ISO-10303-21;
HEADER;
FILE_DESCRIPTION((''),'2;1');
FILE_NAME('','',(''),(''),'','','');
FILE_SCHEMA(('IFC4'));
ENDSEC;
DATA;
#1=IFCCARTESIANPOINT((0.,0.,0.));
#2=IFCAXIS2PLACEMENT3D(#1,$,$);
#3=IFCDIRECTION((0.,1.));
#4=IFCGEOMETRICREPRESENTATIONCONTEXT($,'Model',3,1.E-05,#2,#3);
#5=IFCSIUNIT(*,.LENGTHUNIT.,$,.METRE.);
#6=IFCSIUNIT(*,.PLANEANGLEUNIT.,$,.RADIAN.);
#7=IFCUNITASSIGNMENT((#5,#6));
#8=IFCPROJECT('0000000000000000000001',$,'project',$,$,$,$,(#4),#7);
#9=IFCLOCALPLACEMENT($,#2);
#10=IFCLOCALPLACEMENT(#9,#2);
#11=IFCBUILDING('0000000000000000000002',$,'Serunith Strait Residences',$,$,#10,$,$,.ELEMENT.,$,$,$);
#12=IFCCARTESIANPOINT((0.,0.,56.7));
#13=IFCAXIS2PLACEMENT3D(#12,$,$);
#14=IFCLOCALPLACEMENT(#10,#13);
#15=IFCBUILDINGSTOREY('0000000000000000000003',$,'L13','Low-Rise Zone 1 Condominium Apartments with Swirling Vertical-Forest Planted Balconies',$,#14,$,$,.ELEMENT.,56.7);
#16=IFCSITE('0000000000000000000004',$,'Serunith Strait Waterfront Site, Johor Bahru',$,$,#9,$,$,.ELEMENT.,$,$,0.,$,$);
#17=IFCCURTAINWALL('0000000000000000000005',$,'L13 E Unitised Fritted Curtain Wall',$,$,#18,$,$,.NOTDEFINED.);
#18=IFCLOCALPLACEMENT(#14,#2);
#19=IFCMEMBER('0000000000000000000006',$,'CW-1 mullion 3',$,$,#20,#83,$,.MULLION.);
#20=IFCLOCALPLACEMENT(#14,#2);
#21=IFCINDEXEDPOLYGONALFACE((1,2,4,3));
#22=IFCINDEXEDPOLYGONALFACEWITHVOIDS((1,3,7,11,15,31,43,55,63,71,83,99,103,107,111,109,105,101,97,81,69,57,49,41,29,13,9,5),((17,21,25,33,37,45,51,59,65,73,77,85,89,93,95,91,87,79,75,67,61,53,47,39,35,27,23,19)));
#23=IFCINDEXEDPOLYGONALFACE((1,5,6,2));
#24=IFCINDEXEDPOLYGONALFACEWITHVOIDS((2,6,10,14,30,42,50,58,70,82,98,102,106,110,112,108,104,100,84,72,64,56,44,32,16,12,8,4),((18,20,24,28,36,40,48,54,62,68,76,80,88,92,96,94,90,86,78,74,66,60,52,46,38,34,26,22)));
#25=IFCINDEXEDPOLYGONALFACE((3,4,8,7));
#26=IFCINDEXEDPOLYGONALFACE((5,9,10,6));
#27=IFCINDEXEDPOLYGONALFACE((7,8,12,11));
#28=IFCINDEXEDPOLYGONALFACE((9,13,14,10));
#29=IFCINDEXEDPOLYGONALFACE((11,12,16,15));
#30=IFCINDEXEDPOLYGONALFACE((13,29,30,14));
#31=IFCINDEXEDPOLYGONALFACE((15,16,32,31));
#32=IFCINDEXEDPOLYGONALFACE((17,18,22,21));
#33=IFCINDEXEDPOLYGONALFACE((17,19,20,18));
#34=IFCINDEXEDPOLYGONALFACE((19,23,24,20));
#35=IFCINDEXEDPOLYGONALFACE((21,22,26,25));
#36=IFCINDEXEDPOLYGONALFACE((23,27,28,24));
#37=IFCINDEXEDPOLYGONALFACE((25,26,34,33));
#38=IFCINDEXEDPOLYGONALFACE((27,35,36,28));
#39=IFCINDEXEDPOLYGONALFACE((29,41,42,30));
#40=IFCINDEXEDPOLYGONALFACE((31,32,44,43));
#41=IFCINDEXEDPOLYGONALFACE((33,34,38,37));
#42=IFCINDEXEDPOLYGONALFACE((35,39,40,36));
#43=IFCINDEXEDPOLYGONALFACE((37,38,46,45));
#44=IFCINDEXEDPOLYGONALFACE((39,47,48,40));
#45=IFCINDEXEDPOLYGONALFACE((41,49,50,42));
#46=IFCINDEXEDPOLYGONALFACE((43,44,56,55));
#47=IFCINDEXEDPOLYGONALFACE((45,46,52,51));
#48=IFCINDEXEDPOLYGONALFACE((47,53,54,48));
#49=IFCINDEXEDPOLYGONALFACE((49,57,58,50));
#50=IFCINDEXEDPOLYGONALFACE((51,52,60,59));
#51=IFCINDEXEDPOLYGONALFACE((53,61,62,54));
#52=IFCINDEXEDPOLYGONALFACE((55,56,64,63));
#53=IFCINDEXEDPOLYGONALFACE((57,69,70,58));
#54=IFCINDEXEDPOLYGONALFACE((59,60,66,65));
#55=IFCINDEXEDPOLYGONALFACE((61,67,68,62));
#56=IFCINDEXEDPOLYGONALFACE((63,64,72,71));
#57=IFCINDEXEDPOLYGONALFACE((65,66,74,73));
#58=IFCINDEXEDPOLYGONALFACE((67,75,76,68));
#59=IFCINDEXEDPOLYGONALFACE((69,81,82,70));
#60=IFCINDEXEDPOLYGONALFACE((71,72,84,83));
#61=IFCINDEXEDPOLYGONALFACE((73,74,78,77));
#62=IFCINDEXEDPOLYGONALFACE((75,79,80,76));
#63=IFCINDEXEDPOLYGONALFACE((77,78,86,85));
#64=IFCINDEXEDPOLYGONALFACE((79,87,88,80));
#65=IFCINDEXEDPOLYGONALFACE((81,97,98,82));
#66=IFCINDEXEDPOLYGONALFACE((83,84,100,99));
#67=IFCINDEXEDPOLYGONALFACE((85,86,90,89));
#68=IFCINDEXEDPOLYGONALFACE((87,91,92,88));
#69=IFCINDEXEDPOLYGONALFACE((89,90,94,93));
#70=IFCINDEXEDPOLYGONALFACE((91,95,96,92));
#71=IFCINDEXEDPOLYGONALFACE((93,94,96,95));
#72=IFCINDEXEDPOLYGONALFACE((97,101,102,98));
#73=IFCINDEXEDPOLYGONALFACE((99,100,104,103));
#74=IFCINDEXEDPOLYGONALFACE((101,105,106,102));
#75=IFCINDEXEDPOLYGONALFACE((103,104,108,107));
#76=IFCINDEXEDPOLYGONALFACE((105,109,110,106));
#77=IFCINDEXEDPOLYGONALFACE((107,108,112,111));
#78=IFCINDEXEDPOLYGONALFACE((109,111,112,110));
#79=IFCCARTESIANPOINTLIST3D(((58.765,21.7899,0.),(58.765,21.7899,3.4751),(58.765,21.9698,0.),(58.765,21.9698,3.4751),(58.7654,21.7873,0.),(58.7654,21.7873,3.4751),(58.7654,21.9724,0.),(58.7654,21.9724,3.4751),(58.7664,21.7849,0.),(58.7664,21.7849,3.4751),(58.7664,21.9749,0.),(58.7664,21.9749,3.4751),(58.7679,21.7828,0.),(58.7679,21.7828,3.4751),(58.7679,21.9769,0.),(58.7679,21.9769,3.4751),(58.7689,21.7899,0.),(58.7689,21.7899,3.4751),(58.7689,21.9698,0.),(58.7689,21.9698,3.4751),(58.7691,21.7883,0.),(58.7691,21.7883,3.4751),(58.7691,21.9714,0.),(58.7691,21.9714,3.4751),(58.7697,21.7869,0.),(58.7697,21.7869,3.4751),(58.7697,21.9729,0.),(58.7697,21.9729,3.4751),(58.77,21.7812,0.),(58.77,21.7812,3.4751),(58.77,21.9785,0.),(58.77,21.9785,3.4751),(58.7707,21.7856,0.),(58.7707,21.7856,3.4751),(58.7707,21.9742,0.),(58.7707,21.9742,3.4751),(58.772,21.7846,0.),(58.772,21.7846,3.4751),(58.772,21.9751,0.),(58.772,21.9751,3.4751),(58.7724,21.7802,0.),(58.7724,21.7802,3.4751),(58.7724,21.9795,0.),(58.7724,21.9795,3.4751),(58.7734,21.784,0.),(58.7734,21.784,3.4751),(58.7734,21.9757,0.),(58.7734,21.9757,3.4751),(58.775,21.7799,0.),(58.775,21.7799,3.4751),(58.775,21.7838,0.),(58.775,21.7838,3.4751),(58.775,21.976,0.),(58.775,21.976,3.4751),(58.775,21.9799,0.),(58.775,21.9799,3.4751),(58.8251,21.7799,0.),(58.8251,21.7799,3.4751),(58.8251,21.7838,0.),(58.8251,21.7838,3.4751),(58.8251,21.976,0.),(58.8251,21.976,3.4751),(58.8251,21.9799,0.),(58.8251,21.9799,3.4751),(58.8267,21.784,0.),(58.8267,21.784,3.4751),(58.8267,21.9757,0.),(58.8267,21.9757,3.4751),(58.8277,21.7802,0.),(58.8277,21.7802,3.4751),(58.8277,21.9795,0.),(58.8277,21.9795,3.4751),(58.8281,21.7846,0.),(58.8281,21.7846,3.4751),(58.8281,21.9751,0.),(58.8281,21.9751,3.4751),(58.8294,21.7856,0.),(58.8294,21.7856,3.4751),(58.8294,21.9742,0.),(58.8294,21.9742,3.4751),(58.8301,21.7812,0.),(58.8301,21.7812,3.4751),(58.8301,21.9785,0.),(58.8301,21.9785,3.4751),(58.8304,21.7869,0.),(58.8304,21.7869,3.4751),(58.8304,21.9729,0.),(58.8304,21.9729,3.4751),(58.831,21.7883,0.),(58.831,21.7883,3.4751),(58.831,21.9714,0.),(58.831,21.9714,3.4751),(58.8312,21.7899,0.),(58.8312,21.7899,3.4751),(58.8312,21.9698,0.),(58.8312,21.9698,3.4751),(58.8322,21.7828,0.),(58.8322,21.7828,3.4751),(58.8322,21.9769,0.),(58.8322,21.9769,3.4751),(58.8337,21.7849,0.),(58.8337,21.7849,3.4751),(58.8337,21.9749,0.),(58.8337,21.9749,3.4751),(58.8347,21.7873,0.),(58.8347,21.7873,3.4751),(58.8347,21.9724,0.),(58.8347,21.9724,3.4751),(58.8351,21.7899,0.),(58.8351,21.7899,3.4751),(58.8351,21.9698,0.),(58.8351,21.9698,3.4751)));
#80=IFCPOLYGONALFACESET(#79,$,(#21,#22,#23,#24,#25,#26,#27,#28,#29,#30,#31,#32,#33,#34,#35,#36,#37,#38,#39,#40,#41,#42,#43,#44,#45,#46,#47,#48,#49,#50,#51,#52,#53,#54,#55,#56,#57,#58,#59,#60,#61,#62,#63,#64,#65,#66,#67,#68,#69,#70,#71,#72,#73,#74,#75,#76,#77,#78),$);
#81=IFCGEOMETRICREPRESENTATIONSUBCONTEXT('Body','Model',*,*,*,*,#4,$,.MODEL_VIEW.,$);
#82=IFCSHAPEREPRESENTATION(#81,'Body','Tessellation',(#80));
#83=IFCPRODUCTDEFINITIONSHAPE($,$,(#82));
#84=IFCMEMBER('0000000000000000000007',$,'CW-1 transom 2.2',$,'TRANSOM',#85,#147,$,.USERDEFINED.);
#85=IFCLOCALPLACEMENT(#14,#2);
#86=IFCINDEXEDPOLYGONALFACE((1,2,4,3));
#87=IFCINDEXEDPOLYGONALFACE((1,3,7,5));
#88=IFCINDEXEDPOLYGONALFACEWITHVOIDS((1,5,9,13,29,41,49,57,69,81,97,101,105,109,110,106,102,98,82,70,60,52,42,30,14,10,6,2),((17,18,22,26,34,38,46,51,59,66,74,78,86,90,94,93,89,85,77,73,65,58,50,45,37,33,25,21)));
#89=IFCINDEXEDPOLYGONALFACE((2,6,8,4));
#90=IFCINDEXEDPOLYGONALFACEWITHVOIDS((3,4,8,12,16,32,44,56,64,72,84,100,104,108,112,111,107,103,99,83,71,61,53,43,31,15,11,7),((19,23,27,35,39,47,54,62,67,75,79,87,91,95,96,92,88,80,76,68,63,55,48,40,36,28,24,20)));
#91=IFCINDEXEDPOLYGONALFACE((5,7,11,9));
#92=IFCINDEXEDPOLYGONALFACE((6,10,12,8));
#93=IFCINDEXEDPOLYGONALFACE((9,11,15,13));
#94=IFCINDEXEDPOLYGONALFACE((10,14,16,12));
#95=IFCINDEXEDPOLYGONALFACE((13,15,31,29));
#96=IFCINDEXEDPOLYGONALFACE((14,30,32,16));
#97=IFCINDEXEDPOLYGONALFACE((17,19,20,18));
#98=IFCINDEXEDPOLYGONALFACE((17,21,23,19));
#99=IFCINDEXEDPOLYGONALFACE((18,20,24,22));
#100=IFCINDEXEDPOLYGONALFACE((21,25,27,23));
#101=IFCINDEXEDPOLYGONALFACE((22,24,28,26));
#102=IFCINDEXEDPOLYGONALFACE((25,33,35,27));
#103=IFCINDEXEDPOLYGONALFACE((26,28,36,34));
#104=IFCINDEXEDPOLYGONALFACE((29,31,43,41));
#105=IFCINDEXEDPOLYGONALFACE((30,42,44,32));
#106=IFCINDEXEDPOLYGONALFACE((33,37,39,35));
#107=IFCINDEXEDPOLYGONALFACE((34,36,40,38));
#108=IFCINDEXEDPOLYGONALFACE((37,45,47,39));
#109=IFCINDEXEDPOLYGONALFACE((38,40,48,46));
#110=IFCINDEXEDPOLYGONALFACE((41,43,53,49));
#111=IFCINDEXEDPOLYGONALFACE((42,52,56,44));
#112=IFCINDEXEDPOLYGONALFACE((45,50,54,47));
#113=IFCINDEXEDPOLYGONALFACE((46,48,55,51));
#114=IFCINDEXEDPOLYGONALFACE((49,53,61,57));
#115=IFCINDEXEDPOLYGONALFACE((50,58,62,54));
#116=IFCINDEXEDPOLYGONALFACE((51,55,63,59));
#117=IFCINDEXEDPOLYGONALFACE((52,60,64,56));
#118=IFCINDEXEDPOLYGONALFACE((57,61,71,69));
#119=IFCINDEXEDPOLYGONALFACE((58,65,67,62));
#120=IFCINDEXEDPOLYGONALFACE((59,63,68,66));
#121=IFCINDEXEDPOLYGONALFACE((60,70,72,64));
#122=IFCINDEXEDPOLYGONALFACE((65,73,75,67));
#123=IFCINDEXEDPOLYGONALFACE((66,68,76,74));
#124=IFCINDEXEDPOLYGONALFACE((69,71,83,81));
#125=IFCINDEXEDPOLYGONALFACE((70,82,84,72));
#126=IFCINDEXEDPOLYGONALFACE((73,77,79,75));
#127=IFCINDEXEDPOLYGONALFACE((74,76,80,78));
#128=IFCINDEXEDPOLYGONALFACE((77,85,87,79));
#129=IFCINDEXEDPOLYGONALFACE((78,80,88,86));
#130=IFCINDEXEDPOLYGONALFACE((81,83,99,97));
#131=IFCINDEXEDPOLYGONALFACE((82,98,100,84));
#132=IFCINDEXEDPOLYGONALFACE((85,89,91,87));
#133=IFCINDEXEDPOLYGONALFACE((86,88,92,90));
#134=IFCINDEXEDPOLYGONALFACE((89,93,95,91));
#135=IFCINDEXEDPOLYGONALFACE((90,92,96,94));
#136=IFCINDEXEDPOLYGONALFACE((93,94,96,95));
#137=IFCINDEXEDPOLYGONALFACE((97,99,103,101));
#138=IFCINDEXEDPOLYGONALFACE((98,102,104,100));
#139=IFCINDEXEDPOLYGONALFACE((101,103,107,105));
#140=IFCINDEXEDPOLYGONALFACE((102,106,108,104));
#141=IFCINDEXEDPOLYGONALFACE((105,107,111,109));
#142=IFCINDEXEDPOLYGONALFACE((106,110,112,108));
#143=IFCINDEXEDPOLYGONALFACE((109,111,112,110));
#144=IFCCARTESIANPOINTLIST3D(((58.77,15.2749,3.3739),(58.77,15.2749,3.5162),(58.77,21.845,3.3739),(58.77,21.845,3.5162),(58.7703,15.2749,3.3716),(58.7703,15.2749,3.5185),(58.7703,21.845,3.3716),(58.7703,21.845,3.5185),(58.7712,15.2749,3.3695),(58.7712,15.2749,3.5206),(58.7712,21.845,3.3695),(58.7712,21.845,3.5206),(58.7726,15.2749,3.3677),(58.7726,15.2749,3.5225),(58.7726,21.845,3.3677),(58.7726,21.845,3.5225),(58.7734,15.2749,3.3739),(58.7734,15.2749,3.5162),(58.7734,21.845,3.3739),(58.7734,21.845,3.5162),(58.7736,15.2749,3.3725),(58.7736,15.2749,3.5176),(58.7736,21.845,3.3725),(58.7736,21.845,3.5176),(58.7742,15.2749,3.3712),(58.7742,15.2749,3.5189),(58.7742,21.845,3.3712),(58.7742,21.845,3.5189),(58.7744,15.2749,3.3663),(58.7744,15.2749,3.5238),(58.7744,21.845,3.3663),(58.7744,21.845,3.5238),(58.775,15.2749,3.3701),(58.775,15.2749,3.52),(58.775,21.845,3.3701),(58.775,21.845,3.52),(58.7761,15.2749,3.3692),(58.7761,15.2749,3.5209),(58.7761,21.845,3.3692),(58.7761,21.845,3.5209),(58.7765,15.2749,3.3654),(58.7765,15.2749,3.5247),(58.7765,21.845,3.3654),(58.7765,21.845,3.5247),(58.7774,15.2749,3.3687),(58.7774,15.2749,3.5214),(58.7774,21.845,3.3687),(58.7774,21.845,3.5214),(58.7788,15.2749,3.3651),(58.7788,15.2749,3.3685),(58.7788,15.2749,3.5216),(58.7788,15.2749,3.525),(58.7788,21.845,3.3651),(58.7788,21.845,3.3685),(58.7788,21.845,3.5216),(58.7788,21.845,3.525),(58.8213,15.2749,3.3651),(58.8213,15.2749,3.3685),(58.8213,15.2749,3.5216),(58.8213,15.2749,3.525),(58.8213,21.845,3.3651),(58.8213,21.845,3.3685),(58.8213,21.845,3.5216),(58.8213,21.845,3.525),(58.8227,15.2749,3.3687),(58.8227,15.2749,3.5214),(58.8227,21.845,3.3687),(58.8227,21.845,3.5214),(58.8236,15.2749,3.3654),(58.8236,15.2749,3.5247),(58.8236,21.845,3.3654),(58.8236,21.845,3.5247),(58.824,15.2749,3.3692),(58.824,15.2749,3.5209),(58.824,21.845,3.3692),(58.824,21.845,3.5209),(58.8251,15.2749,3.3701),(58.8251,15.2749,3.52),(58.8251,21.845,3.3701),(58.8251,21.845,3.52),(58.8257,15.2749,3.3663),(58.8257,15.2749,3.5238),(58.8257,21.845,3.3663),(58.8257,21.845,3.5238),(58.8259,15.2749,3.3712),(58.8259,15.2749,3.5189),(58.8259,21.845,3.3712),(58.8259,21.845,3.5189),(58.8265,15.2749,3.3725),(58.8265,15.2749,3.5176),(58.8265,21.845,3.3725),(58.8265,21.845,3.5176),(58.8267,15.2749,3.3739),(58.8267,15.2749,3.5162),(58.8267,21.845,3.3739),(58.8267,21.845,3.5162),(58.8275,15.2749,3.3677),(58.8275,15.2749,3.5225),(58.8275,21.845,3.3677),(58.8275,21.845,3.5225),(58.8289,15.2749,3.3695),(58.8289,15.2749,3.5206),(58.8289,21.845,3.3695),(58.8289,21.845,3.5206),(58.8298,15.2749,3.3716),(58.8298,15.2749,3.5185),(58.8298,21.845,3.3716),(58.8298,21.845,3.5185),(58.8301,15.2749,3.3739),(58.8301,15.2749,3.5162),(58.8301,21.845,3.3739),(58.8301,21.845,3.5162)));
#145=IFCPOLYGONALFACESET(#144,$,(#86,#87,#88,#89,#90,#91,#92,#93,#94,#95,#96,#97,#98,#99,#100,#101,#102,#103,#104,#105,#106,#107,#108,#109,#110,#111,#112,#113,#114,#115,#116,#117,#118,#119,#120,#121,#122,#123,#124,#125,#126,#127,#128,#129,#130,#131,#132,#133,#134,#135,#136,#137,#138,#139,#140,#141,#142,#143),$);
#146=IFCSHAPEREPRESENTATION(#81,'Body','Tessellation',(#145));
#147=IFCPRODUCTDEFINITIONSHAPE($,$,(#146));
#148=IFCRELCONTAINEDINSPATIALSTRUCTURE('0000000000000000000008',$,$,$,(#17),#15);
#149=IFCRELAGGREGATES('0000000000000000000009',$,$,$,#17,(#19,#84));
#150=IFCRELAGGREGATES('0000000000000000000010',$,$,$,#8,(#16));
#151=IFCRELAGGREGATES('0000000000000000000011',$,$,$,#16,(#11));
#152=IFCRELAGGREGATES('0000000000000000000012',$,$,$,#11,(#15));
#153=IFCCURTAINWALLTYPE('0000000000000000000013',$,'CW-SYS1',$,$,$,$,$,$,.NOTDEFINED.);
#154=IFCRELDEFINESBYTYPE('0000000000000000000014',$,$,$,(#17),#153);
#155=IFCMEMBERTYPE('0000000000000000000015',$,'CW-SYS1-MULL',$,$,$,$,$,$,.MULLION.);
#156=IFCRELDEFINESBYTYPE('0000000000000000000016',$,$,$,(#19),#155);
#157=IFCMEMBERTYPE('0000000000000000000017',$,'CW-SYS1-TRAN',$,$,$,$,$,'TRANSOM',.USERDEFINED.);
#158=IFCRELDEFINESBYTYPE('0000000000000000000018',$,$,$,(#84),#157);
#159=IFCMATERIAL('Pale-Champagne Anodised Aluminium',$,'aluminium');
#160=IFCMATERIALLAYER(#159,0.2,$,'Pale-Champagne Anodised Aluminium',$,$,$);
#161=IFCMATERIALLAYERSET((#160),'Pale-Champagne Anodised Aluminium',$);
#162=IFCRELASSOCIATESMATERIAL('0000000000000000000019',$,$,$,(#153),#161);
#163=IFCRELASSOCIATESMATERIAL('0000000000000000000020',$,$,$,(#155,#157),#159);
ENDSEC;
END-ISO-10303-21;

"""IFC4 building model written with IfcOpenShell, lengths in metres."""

from ifc_helpers import new_model, si_unit, direction, frame, origin, origin_2d, place, context, subcontext, project, spatial, hollow_rectangle, extrude, source, transform, mapped, material, layer, layer_set, material_profile, profile_set, type_object, element, aggregate, save


model = new_model("IFC4")

# Units and contexts
model_context = context("Model", 3, precision=1e-05, world=origin(), true_north=direction((0.0, 1.0)))
body_context = subcontext(model_context, "Body", "Model", "MODEL_VIEW")
ifc_project = project(units=[si_unit("LENGTHUNIT", "METRE"), si_unit("PLANEANGLEUNIT", "RADIAN")], contexts=[model_context])

# Site, building, storey
site_placement = place(None, origin())
site = spatial("IfcSite", under=ifc_project, at=site_placement, Name="Serunith Strait Waterfront Site, Johor Bahru", CompositionType="ELEMENT", RefElevation=0.0)
building_placement = place(site_placement, origin())
building = spatial("IfcBuilding", under=site, at=building_placement, Name="Serunith Strait Residences", CompositionType="ELEMENT")
storey_placement = place(building_placement, frame((0.0, 0.0, 56.7)))
storey = spatial("IfcBuildingStorey", under=building, at=storey_placement, Name="L13", Description="Low-Rise Zone 1 Condominium Apartments with Swirling Vertical-Forest Planted Balconies", CompositionType="ELEMENT", Elevation=56.7)

# Curtain wall, members
ifc_material_1 = material(Name="Pale-Champagne Anodised Aluminium", Category="aluminium")
ifc_layer_1 = layer(ifc_material_1, 0.2, Name="Pale-Champagne Anodised Aluminium")
ifc_layer_set_1 = layer_set([ifc_layer_1], Name="Pale-Champagne Anodised Aluminium")
curtain_wall_type = type_object("IfcCurtainWallType", Name="CW-SYS1", PredefinedType="NOTDEFINED", material=ifc_layer_set_1)
curtain_wall_placement = place(storey_placement, origin())
curtain_wall = element("IfcCurtainWall", 1, at=curtain_wall_placement, inside=storey, type_object=curtain_wall_type, Name="L13 E Unitised Fritted Curtain Wall", PredefinedType="NOTDEFINED")
ifc_material_profile_1 = material_profile(ifc_material_1, hollow_rectangle(XDim=0.0701, YDim=0.2, WallThickness=0.0039, InnerFilletRadius=0.0061, OuterFilletRadius=0.01, at=origin_2d()), Name="ALU 200x70x4")
ifc_profile_set_1 = profile_set([ifc_material_profile_1], Name="Pale-Champagne Anodised Aluminium")
member_type_1 = type_object("IfcMemberType", Name="CW-SYS1-MULL", PredefinedType="MULLION", material=ifc_profile_set_1)
shared_shape_1 = source(origin(), body_context, "Body", "SweptSolid", [
    extrude(hollow_rectangle(XDim=0.0701, YDim=0.2, WallThickness=0.0039, InnerFilletRadius=0.0061, OuterFilletRadius=0.01, at=origin_2d()), origin(), (0.0, 0.0, 1.0), 3.4751),
])
member_1_placement = place(storey_placement, frame((58.8, 21.8799, 0.0), z_axis=(0.0, 0.0, 1.0), x_axis=(-1.0, 0.0, 0.0)))
member_1 = element("IfcMember", 2, at=member_1_placement, type_object=member_type_1, Name="CW-1 mullion 3", PredefinedType="MULLION", context=body_context, shape_type="MappedRepresentation", body=[
    mapped(shared_shape_1, transform((0.0, 0.0, 0.0), scale=1.0)),
])
ifc_material_profile_2 = material_profile(ifc_material_1, hollow_rectangle(XDim=0.0601, YDim=0.1599, WallThickness=0.0034, InnerFilletRadius=0.0054, OuterFilletRadius=0.0088, at=origin_2d()), Name="ALU 160x60x3.5")
ifc_profile_set_2 = profile_set([ifc_material_profile_2], Name="Pale-Champagne Anodised Aluminium")
member_type_2 = type_object("IfcMemberType", Name="CW-SYS1-TRAN", ElementType="TRANSOM", PredefinedType="USERDEFINED", material=ifc_profile_set_2)
shared_shape_2 = source(origin(), body_context, "Body", "SweptSolid", [
    extrude(hollow_rectangle(XDim=0.0601, YDim=0.1599, WallThickness=0.0034, InnerFilletRadius=0.0054, OuterFilletRadius=0.0088, at=origin_2d()), origin(), (0.0, 0.0, 1.0), 6.5701),
])
member_2_placement = place(storey_placement, frame((58.8, 15.2749, 3.4451), z_axis=(0.0, 1.0, 0.0), x_axis=(-1.0, 0.0, 0.0)))
member_2 = element("IfcMember", 3, at=member_2_placement, type_object=member_type_2, Name="CW-1 transom 2.2", ObjectType="TRANSOM", PredefinedType="USERDEFINED", context=body_context, shape_type="MappedRepresentation", body=[
    mapped(shared_shape_2, transform((0.0, 0.0, 0.0), scale=1.0)),
])
aggregate(curtain_wall, [member_1, member_2])

save(model, "model.ifc")
